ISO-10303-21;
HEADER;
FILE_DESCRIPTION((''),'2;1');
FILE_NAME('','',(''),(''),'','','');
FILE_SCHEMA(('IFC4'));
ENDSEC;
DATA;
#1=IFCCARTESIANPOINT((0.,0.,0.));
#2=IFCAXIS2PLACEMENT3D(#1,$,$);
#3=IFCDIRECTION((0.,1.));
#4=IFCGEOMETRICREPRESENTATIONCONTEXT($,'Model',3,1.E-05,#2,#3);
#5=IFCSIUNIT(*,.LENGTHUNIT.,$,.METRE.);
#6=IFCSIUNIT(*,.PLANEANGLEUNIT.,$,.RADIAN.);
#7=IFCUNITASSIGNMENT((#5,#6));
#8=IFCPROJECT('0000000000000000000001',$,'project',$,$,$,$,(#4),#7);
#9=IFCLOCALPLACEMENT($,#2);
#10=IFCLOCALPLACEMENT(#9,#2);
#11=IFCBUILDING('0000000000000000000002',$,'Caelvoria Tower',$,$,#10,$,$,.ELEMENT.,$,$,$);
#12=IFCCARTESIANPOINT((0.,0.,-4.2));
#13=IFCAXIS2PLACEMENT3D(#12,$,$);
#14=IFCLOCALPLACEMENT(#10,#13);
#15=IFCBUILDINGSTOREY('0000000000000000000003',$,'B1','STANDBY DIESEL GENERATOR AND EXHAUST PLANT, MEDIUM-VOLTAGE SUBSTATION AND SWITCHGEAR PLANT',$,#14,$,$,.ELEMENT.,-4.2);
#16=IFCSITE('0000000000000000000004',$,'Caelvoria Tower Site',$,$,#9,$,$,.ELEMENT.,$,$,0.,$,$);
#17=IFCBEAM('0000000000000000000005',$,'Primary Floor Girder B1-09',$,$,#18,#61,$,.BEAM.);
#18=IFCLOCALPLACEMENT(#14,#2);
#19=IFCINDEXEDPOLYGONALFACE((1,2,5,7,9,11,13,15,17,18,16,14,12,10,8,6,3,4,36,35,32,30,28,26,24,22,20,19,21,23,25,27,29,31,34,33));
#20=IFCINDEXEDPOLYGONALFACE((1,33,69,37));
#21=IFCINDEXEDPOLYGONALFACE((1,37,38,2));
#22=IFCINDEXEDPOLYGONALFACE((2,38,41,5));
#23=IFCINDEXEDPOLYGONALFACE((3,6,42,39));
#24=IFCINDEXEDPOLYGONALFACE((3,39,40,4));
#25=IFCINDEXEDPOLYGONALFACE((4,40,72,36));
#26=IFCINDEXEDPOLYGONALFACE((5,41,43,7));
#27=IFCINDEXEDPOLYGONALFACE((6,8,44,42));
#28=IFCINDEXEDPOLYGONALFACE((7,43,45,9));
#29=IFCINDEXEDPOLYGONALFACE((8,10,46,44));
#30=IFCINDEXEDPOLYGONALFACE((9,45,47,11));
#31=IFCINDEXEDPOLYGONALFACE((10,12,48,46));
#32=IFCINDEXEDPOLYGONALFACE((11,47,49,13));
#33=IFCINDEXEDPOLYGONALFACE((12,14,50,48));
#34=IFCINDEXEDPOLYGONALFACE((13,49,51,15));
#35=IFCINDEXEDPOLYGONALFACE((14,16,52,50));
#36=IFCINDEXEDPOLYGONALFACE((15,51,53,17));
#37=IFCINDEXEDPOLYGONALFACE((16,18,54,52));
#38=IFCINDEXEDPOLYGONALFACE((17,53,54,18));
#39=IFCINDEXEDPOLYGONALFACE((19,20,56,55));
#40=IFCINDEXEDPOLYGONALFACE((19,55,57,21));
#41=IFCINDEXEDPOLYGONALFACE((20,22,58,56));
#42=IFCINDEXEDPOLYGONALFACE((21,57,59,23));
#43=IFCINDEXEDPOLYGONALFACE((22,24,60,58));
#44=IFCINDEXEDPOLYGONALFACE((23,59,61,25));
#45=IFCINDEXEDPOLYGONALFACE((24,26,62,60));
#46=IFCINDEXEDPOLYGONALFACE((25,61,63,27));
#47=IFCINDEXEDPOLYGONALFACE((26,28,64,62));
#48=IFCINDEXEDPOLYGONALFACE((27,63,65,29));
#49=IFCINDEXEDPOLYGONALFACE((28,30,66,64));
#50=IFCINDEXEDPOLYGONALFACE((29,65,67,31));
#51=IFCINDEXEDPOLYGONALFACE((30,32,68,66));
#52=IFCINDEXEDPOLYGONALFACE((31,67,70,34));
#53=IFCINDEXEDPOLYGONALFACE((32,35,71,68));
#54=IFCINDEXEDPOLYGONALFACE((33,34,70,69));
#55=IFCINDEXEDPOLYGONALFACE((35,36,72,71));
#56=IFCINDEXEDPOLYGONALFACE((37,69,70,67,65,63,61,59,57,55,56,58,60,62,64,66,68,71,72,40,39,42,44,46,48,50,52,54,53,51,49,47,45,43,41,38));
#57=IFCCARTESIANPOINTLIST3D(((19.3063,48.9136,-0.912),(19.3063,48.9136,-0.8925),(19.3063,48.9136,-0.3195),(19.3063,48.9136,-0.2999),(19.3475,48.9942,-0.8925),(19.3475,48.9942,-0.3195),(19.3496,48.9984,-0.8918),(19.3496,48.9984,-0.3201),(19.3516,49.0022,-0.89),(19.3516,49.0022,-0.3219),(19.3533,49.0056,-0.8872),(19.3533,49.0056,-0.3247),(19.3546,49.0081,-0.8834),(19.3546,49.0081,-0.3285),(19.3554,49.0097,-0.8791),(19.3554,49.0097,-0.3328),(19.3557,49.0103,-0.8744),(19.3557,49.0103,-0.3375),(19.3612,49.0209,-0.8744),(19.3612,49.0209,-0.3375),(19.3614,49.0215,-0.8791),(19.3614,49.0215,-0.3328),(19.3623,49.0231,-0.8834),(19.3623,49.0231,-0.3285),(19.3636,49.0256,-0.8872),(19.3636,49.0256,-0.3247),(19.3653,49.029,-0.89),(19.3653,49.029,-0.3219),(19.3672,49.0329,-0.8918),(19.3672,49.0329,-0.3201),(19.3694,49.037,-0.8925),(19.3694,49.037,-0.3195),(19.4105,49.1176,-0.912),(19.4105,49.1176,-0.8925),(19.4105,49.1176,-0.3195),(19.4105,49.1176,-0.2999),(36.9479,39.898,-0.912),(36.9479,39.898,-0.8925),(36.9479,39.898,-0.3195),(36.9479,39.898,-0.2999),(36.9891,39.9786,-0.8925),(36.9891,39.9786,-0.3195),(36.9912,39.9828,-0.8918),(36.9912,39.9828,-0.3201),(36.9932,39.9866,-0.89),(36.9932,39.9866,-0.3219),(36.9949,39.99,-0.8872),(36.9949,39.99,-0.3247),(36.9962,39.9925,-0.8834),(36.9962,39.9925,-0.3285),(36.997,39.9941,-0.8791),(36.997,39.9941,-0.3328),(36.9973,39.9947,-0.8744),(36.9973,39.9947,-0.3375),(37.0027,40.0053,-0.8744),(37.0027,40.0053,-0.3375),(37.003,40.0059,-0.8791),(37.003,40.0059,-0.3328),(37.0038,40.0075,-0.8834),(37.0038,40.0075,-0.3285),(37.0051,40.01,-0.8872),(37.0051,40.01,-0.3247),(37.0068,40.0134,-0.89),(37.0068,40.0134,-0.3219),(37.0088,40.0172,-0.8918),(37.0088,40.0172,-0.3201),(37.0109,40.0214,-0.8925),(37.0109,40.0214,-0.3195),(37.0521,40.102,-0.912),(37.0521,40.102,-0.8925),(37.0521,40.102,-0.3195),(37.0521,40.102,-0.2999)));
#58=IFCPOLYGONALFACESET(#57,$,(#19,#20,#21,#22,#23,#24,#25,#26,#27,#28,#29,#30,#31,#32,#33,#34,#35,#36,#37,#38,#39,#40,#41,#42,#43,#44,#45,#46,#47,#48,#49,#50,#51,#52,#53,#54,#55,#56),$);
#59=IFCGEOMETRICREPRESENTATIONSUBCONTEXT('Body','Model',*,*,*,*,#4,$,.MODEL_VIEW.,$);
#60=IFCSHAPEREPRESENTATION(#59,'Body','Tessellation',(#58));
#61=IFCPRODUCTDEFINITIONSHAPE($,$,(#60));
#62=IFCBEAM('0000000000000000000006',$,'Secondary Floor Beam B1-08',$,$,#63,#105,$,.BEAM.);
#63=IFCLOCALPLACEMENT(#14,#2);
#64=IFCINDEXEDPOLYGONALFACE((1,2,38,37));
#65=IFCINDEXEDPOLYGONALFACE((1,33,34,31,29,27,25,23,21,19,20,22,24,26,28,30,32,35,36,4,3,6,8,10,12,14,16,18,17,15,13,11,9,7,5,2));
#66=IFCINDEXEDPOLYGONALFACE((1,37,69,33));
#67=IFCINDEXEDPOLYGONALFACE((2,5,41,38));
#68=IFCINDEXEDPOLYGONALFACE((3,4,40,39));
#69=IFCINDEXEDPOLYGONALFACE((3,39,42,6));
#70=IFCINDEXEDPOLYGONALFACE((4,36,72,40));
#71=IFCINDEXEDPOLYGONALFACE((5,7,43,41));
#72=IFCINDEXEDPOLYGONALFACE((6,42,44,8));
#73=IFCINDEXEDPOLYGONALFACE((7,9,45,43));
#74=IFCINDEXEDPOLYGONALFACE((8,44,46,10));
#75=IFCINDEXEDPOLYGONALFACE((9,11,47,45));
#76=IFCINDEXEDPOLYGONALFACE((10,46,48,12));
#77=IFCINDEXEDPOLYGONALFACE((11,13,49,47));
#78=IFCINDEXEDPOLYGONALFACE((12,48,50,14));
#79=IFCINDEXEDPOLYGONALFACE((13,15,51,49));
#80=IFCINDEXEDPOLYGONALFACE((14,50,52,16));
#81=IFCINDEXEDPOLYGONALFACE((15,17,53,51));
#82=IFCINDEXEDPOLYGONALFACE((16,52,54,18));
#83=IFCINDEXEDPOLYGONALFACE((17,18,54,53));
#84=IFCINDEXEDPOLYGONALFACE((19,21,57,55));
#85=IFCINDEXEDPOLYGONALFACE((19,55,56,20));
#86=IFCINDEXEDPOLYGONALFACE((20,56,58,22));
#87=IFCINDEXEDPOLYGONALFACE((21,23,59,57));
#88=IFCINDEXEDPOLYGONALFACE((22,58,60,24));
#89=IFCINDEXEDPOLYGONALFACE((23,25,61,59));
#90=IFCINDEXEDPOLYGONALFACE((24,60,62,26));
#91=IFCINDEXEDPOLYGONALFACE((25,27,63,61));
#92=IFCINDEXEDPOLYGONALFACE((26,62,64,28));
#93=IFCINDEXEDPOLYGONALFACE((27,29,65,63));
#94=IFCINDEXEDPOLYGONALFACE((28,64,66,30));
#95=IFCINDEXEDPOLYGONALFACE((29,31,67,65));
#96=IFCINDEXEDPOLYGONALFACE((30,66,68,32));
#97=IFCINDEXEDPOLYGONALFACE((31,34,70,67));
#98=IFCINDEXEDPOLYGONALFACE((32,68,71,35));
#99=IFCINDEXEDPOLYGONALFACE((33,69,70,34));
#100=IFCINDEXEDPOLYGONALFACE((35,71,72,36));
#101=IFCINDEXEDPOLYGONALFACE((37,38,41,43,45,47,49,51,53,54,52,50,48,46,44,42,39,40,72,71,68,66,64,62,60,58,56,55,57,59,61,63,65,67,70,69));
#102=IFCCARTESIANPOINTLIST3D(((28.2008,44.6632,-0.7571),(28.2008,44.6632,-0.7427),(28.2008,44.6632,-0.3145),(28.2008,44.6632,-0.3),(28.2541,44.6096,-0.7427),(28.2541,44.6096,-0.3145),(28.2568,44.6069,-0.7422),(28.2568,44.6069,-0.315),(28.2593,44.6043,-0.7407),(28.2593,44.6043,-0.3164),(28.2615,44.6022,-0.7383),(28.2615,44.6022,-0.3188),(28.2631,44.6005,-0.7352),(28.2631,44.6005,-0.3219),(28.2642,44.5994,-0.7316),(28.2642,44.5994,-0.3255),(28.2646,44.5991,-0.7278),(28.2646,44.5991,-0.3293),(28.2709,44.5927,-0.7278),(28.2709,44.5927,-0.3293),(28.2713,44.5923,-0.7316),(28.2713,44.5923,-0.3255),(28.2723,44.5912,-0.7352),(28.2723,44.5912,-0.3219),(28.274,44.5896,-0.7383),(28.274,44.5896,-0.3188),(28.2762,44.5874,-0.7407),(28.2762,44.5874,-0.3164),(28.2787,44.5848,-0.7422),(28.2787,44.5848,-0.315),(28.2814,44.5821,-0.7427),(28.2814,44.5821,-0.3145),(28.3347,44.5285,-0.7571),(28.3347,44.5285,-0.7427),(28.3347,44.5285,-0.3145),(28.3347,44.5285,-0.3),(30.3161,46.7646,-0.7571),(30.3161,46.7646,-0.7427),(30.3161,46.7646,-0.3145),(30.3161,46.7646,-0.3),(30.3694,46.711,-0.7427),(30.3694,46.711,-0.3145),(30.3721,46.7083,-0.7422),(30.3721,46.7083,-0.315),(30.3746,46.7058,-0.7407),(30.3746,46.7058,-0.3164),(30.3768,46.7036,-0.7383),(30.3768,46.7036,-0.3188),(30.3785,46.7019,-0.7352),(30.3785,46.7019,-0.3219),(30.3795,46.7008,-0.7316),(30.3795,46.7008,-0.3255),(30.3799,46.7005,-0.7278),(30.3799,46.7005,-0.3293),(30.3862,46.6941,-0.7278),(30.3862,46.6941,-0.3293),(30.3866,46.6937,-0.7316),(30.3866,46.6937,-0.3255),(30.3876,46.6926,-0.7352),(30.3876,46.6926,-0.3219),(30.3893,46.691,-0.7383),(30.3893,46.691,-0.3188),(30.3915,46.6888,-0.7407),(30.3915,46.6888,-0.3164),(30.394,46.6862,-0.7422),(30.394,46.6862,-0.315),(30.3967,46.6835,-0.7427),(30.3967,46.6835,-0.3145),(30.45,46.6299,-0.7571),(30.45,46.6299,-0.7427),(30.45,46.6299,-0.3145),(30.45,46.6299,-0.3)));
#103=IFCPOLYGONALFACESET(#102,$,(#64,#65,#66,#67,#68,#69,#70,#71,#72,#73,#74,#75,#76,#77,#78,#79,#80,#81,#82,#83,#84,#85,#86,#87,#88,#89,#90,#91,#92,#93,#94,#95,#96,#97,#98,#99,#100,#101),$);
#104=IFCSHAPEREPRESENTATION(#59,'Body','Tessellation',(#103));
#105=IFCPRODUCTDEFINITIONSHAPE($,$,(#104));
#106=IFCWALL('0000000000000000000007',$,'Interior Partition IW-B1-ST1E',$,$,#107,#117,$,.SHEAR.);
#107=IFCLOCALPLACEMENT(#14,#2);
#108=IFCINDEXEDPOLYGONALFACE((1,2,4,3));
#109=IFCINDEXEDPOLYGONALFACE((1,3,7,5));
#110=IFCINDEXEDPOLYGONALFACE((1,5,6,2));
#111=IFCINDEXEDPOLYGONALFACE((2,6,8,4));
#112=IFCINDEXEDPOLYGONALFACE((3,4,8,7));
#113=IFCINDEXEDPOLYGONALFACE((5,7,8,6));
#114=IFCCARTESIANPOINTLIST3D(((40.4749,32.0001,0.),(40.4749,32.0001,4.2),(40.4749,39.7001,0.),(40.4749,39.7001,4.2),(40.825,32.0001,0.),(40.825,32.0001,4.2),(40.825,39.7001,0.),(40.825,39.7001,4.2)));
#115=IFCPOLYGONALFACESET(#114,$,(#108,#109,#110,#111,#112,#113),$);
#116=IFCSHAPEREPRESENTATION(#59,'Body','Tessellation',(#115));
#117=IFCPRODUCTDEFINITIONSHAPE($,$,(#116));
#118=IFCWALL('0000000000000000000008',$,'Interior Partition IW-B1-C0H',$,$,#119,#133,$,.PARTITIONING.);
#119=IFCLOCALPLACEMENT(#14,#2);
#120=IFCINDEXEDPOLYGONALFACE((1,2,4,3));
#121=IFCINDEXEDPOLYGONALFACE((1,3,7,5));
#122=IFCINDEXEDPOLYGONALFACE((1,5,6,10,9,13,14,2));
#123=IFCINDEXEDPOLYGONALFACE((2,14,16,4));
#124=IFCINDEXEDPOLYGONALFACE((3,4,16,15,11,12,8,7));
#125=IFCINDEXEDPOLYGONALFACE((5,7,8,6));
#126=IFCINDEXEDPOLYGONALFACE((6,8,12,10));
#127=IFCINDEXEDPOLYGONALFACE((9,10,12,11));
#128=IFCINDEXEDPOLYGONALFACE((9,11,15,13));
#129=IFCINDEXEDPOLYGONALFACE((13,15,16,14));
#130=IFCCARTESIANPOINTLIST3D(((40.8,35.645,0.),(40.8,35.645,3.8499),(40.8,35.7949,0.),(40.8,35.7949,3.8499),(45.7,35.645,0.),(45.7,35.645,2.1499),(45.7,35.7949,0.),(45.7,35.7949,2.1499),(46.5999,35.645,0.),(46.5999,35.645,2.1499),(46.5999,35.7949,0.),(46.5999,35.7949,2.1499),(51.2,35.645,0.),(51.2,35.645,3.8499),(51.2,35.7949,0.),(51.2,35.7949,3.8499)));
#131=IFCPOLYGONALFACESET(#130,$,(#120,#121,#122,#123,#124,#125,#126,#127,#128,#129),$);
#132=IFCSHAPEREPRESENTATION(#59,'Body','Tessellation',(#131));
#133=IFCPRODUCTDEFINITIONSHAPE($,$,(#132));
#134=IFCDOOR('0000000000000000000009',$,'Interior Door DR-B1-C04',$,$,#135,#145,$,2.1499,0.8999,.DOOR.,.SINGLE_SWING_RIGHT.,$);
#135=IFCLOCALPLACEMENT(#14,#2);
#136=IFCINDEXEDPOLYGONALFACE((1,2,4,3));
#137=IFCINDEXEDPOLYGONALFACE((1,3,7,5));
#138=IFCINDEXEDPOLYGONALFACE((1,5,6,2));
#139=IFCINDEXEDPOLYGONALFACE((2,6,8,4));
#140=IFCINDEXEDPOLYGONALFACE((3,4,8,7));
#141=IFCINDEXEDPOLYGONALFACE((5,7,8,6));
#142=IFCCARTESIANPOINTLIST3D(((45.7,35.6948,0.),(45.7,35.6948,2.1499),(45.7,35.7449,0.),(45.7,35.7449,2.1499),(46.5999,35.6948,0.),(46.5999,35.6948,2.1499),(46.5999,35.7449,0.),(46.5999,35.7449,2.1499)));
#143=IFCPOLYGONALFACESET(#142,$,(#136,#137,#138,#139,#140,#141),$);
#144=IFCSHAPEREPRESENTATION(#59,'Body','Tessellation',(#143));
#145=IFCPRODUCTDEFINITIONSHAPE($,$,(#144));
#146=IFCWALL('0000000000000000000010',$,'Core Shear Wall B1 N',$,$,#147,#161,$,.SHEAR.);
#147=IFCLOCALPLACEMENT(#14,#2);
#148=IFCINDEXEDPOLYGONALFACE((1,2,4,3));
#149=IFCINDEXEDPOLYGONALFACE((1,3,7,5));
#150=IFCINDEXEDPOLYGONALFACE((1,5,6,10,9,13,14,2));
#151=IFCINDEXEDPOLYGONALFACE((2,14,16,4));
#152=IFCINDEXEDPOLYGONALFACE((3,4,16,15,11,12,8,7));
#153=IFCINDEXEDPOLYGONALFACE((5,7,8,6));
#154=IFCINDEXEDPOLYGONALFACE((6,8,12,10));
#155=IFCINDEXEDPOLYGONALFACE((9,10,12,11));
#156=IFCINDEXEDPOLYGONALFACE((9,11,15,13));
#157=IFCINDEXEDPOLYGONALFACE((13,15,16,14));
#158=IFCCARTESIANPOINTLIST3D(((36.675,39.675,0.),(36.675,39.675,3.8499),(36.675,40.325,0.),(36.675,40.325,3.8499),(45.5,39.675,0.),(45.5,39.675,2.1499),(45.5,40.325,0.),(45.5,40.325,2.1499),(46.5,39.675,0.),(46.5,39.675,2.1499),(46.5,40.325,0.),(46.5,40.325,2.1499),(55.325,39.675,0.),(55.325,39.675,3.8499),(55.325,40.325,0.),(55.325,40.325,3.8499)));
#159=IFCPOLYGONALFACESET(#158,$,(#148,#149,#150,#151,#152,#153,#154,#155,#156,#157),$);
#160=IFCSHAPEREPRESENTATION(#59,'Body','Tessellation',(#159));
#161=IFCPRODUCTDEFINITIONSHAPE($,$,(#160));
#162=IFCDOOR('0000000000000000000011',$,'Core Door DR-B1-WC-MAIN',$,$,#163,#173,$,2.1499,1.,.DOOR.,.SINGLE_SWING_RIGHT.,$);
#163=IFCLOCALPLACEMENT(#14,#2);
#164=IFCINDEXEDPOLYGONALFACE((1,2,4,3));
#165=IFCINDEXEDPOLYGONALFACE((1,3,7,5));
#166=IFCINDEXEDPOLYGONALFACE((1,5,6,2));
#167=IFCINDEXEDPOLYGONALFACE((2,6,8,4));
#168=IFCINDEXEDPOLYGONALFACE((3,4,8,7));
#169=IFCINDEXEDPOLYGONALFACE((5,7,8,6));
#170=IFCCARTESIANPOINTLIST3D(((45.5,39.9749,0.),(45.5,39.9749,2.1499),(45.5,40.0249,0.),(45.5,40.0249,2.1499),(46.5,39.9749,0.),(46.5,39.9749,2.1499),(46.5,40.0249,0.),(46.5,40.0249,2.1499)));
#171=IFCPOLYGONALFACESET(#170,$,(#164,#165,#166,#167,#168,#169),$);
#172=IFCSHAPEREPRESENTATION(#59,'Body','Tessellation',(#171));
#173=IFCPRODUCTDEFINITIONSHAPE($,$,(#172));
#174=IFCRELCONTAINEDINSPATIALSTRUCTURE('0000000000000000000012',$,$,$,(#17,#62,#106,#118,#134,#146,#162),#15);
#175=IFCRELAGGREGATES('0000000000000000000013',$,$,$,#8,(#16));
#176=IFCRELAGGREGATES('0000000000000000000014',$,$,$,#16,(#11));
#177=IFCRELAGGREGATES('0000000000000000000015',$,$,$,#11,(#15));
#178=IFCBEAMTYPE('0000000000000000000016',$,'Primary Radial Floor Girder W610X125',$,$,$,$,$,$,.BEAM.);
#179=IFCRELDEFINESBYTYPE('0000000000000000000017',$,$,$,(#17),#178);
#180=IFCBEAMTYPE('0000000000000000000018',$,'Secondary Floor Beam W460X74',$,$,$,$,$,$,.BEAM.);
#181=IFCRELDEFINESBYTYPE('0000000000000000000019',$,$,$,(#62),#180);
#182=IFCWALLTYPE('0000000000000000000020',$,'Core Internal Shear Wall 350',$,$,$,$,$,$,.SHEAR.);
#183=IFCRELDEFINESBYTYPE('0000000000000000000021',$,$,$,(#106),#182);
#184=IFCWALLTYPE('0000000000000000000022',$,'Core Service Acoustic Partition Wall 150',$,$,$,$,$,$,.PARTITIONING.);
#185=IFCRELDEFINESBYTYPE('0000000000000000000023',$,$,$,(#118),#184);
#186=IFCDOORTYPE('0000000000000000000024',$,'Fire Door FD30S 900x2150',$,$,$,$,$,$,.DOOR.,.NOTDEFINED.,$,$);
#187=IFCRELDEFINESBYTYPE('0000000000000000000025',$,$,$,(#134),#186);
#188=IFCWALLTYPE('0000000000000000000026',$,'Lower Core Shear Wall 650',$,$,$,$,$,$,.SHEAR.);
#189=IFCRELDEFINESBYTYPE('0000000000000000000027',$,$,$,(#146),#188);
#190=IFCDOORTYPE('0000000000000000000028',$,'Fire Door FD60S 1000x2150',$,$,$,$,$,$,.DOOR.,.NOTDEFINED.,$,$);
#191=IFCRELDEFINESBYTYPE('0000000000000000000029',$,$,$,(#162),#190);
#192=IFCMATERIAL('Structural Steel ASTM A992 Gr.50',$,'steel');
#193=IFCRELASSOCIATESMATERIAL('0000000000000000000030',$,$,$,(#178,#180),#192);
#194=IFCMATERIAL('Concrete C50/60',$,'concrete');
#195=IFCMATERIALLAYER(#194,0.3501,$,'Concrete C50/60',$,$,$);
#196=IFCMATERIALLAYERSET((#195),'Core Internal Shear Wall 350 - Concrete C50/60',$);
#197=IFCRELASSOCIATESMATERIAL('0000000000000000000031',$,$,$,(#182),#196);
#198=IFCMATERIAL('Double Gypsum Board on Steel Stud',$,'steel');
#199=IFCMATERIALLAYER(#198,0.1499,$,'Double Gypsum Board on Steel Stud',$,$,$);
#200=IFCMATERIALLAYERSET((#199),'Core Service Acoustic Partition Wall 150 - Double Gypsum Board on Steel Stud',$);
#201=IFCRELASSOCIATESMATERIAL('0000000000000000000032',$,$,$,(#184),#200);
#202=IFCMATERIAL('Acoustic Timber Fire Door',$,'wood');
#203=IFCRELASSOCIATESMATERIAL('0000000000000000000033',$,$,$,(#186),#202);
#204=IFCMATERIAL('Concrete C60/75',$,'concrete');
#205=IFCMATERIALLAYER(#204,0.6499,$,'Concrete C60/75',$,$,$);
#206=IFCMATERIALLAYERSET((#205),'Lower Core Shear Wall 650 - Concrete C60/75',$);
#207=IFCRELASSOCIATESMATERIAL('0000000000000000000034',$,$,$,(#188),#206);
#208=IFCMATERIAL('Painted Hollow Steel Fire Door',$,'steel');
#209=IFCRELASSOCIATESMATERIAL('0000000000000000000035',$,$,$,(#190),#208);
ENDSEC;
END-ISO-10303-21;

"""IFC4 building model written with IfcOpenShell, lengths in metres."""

from ifc_helpers import new_model, si_unit, direction, frame, frame_2d, origin, origin_2d, place, context, subcontext, project, spatial, rectangle, i_section, extrude, material, layer, layer_set, material_profile, profile_set, type_object, element, fill, save


model = new_model("IFC4")

# Units and contexts
model_context = context("Model", 3, precision=1e-05, world=origin(), true_north=direction((0.0, 1.0)))
body_context = subcontext(model_context, "Body", "Model", "MODEL_VIEW")
ifc_project = project(units=[si_unit("LENGTHUNIT", "METRE"), si_unit("PLANEANGLEUNIT", "RADIAN")], contexts=[model_context])

# Site, building, storey
site_placement = place(None, origin())
site = spatial("IfcSite", under=ifc_project, at=site_placement, Name="Caelvoria Tower Site", CompositionType="ELEMENT", RefElevation=0.0)
building_placement = place(site_placement, origin())
building = spatial("IfcBuilding", under=site, at=building_placement, Name="Caelvoria Tower", CompositionType="ELEMENT")
storey_placement = place(building_placement, frame((0.0, 0.0, -4.2)))
storey = spatial("IfcBuildingStorey", under=building, at=storey_placement, Name="B1", Description="STANDBY DIESEL GENERATOR AND EXHAUST PLANT, MEDIUM-VOLTAGE SUBSTATION AND SWITCHGEAR PLANT", CompositionType="ELEMENT", Elevation=-4.2)

# Shared definitions
ifc_material_1 = material(Name="Concrete C50/60", Category="concrete")

# Beams
ifc_material_2 = material(Name="Structural Steel ASTM A992 Gr.50", Category="steel")
ifc_material_profile_1 = material_profile(ifc_material_2, i_section(OverallWidth=0.229, OverallDepth=0.6121, WebThickness=0.012, FlangeThickness=0.0195, FilletRadius=0.0181, at=origin_2d()), Name="Structural Steel ASTM A992 Gr.50")
ifc_profile_set_1 = profile_set([ifc_material_profile_1], Name="W610X125 - Structural Steel ASTM A992 Gr.50")
beam_type_1 = type_object("IfcBeamType", Name="Primary Radial Floor Girder W610X125", PredefinedType="BEAM", material=ifc_profile_set_1)
beam_1_placement = place(storey_placement, frame((37.0, 40.0, -0.606), z_axis=(-0.890459, 0.455063, 0.0), x_axis=(-0.455063, -0.890459, 0.0)))
element("IfcBeam", 1, at=beam_1_placement, inside=storey, type_object=beam_type_1, Name="Primary Floor Girder B1-09", PredefinedType="BEAM", context=body_context, shape_type="SweptSolid", body=[
    extrude(i_section(OverallWidth=0.229, OverallDepth=0.6121, WebThickness=0.012, FlangeThickness=0.0195, FilletRadius=0.0181, at=origin_2d()), origin(), (0.0, 0.0, 1.0), 19.8118),
])
ifc_material_profile_2 = material_profile(ifc_material_2, i_section(OverallWidth=0.1899, OverallDepth=0.457, WebThickness=0.009, FlangeThickness=0.0144, FilletRadius=0.0149, at=origin_2d()), Name="Structural Steel ASTM A992 Gr.50")
ifc_profile_set_2 = profile_set([ifc_material_profile_2], Name="W460X74 - Structural Steel ASTM A992 Gr.50")
beam_type_2 = type_object("IfcBeamType", Name="Secondary Floor Beam W460X74", PredefinedType="BEAM", material=ifc_profile_set_2)
beam_2_placement = place(storey_placement, frame((30.3831, 46.6973, -0.5286), z_axis=(-0.709437, -0.704769, 0.0), x_axis=(0.704769, -0.709437, 0.0)))
element("IfcBeam", 2, at=beam_2_placement, inside=storey, type_object=beam_type_2, Name="Secondary Floor Beam B1-08", PredefinedType="BEAM", context=body_context, shape_type="SweptSolid", body=[
    extrude(i_section(OverallWidth=0.1899, OverallDepth=0.457, WebThickness=0.009, FlangeThickness=0.0144, FilletRadius=0.0149, at=origin_2d()), origin(), (0.0, 0.0, 1.0), 2.9817),
])

# Shared definitions
ifc_layer_1 = layer(ifc_material_1, 0.3501, Name="Concrete C50/60")
ifc_layer_set_1 = layer_set([ifc_layer_1], Name="Core Internal Shear Wall 350 - Concrete C50/60")
wall_type_1 = type_object("IfcWallType", Name="Core Internal Shear Wall 350", PredefinedType="SHEAR", material=ifc_layer_set_1)
ifc_material_3 = material(Name="Painted Hollow Steel Fire Door", Category="steel")

# Wall
wall_1_placement = place(storey_placement, frame((40.6499, 32.0, 0.0), z_axis=(0.0, 0.0, 1.0), x_axis=(0.0, 1.0, 0.0)))
element("IfcWall", 3, at=wall_1_placement, inside=storey, type_object=wall_type_1, Name="Interior Partition IW-B1-ST1E", PredefinedType="SHEAR", context=body_context, shape_type="SweptSolid", body=[
    extrude(rectangle(XDim=7.7, YDim=0.3501, at=frame_2d((3.8501, 0.0))), origin(), (0.0, 0.0, 1.0), 4.2),
])

# Walls, openings, doors
ifc_material_4 = material(Name="Double Gypsum Board on Steel Stud", Category="steel")
ifc_layer_2 = layer(ifc_material_4, 0.1499, Name="Double Gypsum Board on Steel Stud")
ifc_layer_set_2 = layer_set([ifc_layer_2], Name="Core Service Acoustic Partition Wall 150 - Double Gypsum Board on Steel Stud")
wall_type_2 = type_object("IfcWallType", Name="Core Service Acoustic Partition Wall 150", PredefinedType="PARTITIONING", material=ifc_layer_set_2)
wall_2_placement = place(storey_placement, frame((40.8, 35.72, 0.0), z_axis=(0.0, 0.0, 1.0), x_axis=(1.0, 0.0, 0.0)))
wall_2 = element("IfcWall", 4, at=wall_2_placement, inside=storey, type_object=wall_type_2, Name="Interior Partition IW-B1-C0H", PredefinedType="PARTITIONING", context=body_context, shape_type="SweptSolid", body=[
    extrude(rectangle(XDim=10.3999, YDim=0.1499, at=frame_2d((5.2, 0.0))), origin(), (0.0, 0.0, 1.0), 3.8499),
])
opening_1_placement = place(wall_2_placement, frame((4.8999, 0.0, 0.0)))
opening_1 = element("IfcOpeningElement", 5, at=opening_1_placement, cuts=wall_2, PredefinedType="OPENING", context=body_context, shape_type="SweptSolid", body=[
    extrude(rectangle(XDim=0.8999, YDim=2.1499, at=frame_2d((0.45, 1.075))), frame((0.0, 0.085, 0.0), z_axis=(0.0, -1.0, 0.0), x_axis=(1.0, 0.0, 0.0)), (0.0, 0.0, 1.0), 0.1699),
])
ifc_material_5 = material(Name="Acoustic Timber Fire Door", Category="wood")
door_type_1 = type_object("IfcDoorType", Name="Fire Door FD30S 900x2150", OperationType="NOTDEFINED", PredefinedType="DOOR", material=ifc_material_5)
door_1_placement = place(opening_1_placement, origin())
door_1 = element("IfcDoor", 6, at=door_1_placement, inside=storey, type_object=door_type_1, Name="Interior Door DR-B1-C04", OperationType="SINGLE_SWING_RIGHT", OverallHeight=2.1499, OverallWidth=0.8999, PredefinedType="DOOR", context=body_context, shape_type="SweptSolid", body=[
    extrude(rectangle(XDim=0.8999, YDim=2.1499, at=frame_2d((0.45, 1.075))), frame((0.0, 0.0249, 0.0), z_axis=(0.0, -1.0, 0.0), x_axis=(1.0, 0.0, 0.0)), (0.0, 0.0, 1.0), 0.05),
])
fill(opening_1, door_1)
ifc_material_6 = material(Name="Concrete C60/75", Category="concrete")
ifc_layer_3 = layer(ifc_material_6, 0.6499, Name="Concrete C60/75")
ifc_layer_set_3 = layer_set([ifc_layer_3], Name="Lower Core Shear Wall 650 - Concrete C60/75")
wall_type_3 = type_object("IfcWallType", Name="Lower Core Shear Wall 650", PredefinedType="SHEAR", material=ifc_layer_set_3)
wall_3_placement = place(storey_placement, frame((36.675, 40.0, 0.0), z_axis=(0.0, 0.0, 1.0), x_axis=(1.0, 0.0, 0.0)))
wall_3 = element("IfcWall", 7, at=wall_3_placement, inside=storey, type_object=wall_type_3, Name="Core Shear Wall B1 N", PredefinedType="SHEAR", context=body_context, shape_type="SweptSolid", body=[
    extrude(rectangle(XDim=18.6499, YDim=0.6499, at=frame_2d((9.325, 0.0))), origin(), (0.0, 0.0, 1.0), 3.8499),
])
opening_2_placement = place(wall_3_placement, frame((8.825, 0.0, 0.0)))
opening_2 = element("IfcOpeningElement", 8, at=opening_2_placement, cuts=wall_3, PredefinedType="OPENING", context=body_context, shape_type="SweptSolid", body=[
    extrude(rectangle(XDim=1.0, YDim=2.1499, at=frame_2d((0.5, 1.075))), frame((0.0, 0.335, 0.0), z_axis=(0.0, -1.0, 0.0), x_axis=(1.0, 0.0, 0.0)), (0.0, 0.0, 1.0), 0.6699),
])
door_type_2 = type_object("IfcDoorType", Name="Fire Door FD60S 1000x2150", OperationType="NOTDEFINED", PredefinedType="DOOR", material=ifc_material_3)
door_2_placement = place(opening_2_placement, origin())
door_2 = element("IfcDoor", 9, at=door_2_placement, inside=storey, type_object=door_type_2, Name="Core Door DR-B1-WC-MAIN", OperationType="SINGLE_SWING_RIGHT", OverallHeight=2.1499, OverallWidth=1.0, PredefinedType="DOOR", context=body_context, shape_type="SweptSolid", body=[
    extrude(rectangle(XDim=1.0, YDim=2.1499, at=frame_2d((0.5, 1.075))), frame((0.0, 0.0249, 0.0), z_axis=(0.0, -1.0, 0.0), x_axis=(1.0, 0.0, 0.0)), (0.0, 0.0, 1.0), 0.05),
])
fill(opening_2, door_2)

save(model, "model.ifc")
